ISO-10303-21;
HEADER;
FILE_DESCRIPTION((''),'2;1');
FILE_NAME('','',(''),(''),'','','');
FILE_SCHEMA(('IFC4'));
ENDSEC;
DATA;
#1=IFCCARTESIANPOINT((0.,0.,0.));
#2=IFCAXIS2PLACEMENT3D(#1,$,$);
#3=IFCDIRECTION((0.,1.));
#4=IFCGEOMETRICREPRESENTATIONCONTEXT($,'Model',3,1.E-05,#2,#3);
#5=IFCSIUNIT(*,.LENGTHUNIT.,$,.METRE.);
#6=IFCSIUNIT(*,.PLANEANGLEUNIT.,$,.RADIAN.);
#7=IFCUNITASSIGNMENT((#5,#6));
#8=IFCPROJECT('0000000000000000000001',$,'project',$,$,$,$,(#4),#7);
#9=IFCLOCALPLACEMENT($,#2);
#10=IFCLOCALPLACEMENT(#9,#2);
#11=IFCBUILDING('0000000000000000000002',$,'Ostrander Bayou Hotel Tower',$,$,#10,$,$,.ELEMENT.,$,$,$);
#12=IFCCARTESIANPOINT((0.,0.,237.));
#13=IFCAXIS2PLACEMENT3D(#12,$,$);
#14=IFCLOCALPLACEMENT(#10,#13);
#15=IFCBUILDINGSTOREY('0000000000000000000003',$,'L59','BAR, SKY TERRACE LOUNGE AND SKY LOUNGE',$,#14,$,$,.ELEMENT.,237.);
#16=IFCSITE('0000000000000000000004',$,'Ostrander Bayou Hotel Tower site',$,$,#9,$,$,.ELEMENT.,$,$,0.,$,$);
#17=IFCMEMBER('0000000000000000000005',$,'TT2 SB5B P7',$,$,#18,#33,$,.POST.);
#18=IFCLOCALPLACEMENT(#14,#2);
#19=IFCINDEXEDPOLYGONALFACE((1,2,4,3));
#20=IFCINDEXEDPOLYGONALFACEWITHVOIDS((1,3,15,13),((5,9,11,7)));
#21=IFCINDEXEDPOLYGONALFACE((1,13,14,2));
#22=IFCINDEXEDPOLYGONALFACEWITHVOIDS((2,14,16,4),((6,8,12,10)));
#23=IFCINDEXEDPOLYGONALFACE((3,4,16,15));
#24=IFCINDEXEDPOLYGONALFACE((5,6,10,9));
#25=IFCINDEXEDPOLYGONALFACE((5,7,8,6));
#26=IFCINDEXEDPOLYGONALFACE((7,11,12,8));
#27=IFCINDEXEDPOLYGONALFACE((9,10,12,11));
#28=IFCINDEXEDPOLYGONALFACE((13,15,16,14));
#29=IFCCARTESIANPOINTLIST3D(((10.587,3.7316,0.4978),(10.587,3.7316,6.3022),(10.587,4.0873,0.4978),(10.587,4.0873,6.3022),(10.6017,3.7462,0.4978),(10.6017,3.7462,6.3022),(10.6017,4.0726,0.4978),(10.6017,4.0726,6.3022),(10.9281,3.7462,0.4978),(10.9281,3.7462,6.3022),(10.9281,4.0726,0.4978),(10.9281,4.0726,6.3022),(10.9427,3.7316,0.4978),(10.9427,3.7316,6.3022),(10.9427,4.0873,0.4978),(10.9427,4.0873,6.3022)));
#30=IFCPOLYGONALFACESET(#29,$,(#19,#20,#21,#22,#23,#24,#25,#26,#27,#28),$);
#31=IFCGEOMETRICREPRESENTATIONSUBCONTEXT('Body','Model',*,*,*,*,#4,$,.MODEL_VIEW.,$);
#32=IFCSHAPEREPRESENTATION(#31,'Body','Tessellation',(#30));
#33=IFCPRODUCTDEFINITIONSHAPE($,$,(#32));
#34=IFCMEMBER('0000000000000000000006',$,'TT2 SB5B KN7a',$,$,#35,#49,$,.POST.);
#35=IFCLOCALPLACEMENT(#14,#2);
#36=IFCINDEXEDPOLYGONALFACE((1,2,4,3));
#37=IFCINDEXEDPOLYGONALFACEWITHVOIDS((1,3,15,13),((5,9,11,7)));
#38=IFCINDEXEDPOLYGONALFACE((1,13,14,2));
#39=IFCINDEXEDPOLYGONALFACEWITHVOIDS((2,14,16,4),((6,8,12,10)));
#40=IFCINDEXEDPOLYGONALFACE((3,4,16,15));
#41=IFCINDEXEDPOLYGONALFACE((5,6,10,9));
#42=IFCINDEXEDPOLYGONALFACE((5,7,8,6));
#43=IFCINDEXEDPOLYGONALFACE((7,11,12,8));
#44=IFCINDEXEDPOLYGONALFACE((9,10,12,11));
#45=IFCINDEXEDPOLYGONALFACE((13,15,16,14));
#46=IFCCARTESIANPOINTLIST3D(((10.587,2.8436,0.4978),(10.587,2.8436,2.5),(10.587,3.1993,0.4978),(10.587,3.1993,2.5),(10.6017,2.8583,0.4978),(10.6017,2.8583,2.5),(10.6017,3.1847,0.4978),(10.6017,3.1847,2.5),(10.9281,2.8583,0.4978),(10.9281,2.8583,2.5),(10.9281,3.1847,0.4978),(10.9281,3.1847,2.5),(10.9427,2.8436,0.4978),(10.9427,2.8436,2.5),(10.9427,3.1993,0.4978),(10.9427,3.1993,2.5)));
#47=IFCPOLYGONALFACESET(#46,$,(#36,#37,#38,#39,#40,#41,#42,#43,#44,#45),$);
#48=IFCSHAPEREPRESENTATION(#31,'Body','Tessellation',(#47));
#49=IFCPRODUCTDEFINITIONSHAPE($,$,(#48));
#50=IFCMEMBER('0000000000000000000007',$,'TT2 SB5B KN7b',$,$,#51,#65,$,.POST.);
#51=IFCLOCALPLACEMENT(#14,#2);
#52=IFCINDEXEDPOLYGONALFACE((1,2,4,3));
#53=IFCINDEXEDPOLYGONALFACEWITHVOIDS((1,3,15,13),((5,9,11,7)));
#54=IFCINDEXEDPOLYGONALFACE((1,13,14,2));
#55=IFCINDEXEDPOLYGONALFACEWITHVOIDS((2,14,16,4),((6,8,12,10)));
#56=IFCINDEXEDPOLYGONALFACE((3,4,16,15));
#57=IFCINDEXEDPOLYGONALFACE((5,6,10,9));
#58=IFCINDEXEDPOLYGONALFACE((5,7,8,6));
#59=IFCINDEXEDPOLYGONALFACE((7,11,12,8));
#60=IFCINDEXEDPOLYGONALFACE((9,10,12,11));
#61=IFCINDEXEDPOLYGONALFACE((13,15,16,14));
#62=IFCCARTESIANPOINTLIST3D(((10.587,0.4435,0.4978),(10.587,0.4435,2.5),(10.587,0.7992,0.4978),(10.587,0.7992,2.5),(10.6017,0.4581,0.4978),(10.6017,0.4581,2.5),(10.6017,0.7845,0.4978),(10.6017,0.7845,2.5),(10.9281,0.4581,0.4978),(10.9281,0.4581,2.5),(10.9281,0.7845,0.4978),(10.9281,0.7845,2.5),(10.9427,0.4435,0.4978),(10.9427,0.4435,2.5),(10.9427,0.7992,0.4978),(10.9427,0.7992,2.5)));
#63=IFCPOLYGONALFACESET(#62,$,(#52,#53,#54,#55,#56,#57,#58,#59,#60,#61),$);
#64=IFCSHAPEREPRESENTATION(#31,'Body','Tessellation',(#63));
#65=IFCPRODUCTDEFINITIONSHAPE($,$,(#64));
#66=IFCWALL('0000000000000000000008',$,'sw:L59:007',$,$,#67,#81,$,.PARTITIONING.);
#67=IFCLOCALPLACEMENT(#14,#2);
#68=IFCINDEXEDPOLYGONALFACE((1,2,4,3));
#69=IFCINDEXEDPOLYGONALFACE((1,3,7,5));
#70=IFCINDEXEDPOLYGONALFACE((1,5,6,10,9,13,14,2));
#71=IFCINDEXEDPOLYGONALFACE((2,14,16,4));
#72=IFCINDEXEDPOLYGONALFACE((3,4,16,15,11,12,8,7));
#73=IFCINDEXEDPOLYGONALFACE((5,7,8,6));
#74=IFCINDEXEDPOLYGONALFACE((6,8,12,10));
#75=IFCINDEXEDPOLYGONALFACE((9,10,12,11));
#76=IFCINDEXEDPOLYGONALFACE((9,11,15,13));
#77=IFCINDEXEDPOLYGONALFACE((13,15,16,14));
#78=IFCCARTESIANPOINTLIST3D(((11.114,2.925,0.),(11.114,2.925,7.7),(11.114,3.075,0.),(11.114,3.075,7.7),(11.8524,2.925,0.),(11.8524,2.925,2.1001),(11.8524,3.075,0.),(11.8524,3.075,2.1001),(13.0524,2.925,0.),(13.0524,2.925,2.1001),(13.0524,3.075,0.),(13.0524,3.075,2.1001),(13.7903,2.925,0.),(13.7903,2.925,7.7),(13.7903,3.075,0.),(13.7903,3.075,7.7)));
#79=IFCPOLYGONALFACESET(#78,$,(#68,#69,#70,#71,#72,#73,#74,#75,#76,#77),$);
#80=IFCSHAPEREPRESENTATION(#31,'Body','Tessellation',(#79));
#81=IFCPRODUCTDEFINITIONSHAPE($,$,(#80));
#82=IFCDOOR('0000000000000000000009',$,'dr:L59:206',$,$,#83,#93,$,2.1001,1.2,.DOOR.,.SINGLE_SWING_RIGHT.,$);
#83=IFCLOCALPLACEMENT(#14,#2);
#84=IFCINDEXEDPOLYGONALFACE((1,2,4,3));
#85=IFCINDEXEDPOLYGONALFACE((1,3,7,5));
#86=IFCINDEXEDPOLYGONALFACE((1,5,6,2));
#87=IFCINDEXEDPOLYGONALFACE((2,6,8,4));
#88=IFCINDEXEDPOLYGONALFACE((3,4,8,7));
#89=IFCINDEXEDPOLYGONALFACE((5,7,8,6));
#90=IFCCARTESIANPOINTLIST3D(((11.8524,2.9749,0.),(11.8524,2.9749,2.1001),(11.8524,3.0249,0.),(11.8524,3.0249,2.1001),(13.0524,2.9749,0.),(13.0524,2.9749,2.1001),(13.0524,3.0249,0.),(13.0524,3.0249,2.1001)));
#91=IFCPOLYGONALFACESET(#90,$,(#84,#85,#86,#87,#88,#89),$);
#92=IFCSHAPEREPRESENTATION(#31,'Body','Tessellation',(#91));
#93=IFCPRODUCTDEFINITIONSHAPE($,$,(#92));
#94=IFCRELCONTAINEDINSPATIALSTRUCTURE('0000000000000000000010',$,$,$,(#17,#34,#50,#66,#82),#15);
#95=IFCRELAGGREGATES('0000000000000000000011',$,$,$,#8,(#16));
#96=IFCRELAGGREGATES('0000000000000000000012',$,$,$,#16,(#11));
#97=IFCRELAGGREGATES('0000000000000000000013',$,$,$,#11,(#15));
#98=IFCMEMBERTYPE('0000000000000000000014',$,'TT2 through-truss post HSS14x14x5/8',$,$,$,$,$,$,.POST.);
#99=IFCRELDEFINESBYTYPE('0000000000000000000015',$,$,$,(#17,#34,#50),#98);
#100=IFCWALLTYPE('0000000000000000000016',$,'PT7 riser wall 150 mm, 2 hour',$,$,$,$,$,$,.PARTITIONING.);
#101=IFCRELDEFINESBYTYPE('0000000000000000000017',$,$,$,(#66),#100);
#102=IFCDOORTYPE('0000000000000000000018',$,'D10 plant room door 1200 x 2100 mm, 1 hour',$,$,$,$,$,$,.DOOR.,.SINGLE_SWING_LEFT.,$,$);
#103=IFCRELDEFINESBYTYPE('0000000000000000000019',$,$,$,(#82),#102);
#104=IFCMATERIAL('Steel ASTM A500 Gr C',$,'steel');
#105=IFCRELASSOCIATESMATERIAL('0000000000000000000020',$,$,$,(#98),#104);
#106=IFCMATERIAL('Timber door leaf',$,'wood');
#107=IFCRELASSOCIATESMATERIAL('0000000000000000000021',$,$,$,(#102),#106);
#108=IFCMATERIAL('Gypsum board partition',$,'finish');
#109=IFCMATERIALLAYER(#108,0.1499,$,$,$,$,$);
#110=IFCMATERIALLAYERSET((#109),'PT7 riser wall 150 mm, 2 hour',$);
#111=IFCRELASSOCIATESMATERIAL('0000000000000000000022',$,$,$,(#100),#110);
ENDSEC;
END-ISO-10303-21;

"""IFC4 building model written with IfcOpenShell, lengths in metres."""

from ifc_helpers import new_model, si_unit, direction, frame, frame_2d, origin, origin_2d, place, context, subcontext, project, spatial, rectangle, hollow_rectangle, extrude, material, layer, layer_set, material_profile, profile_set, type_object, element, fill, save


model = new_model("IFC4")

# Units and contexts
model_context = context("Model", 3, precision=1e-05, world=origin(), true_north=direction((0.0, 1.0)))
body_context = subcontext(model_context, "Body", "Model", "MODEL_VIEW")
ifc_project = project(units=[si_unit("LENGTHUNIT", "METRE"), si_unit("PLANEANGLEUNIT", "RADIAN")], contexts=[model_context])

# Site, building, storey
site_placement = place(None, origin())
site = spatial("IfcSite", under=ifc_project, at=site_placement, Name="Ostrander Bayou Hotel Tower site", CompositionType="ELEMENT", RefElevation=0.0)
building_placement = place(site_placement, origin())
building = spatial("IfcBuilding", under=site, at=building_placement, Name="Ostrander Bayou Hotel Tower", CompositionType="ELEMENT")
storey_placement = place(building_placement, frame((0.0, 0.0, 237.0)))
storey = spatial("IfcBuildingStorey", under=building, at=storey_placement, Name="L59", Description="BAR, SKY TERRACE LOUNGE AND SKY LOUNGE", CompositionType="ELEMENT", Elevation=237.0)

# Members
ifc_material_1 = material(Name="Steel ASTM A500 Gr C", Category="steel")
ifc_material_profile_1 = material_profile(ifc_material_1, hollow_rectangle(XDim=0.3557, YDim=0.3557, WallThickness=0.0146, at=origin_2d()))
ifc_profile_set_1 = profile_set([ifc_material_profile_1], Name="Steel ASTM A500 Gr C")
member_type_1 = type_object("IfcMemberType", Name="TT2 through-truss post HSS14x14x5/8", PredefinedType="POST", material=ifc_profile_set_1)
for number, where, z_axis, x_axis, name in (
    (1, (10.7649, 3.9094, 0.4978), (0.0, 0.0, 1.0), (1.0, 0.0, 0.0), "TT2 SB5B P7"),
):
    element("IfcMember", number, at=place(storey_placement, frame(where, z_axis=z_axis, x_axis=x_axis)), inside=storey, type_object=member_type_1, Name=name, PredefinedType="POST", context=body_context, shape_type="SweptSolid", body=[
        extrude(hollow_rectangle(XDim=0.3557, YDim=0.3557, WallThickness=0.0146, at=origin_2d()), origin(), (0.0, 0.0, 1.0), 5.8044),
    ])
for number, where, z_axis, x_axis, name in (
    (2, (10.7649, 3.0215, 0.4978), (0.0, 0.0, 1.0), (1.0, 0.0, 0.0), "TT2 SB5B KN7a"),
    (3, (10.7649, 0.6213, 0.4978), (0.0, 0.0, 1.0), (1.0, 0.0, 0.0), "TT2 SB5B KN7b"),
):
    element("IfcMember", number, at=place(storey_placement, frame(where, z_axis=z_axis, x_axis=x_axis)), inside=storey, type_object=member_type_1, Name=name, PredefinedType="POST", context=body_context, shape_type="SweptSolid", body=[
        extrude(hollow_rectangle(XDim=0.3557, YDim=0.3557, WallThickness=0.0146, at=origin_2d()), origin(), (0.0, 0.0, 1.0), 2.0022),
    ])

# Wall, opening, door
ifc_material_2 = material(Name="Timber door leaf", Category="wood")
door_type = type_object("IfcDoorType", Name="D10 plant room door 1200 x 2100 mm, 1 hour", OperationType="SINGLE_SWING_LEFT", PredefinedType="DOOR", material=ifc_material_2)
ifc_material_3 = material(Name="Gypsum board partition", Category="finish")
ifc_layer_1 = layer(ifc_material_3, 0.1499)
ifc_layer_set_1 = layer_set([ifc_layer_1], Name="PT7 riser wall 150 mm, 2 hour")
wall_type_1 = type_object("IfcWallType", Name="PT7 riser wall 150 mm, 2 hour", PredefinedType="PARTITIONING", material=ifc_layer_set_1)
wall_1_placement = place(storey_placement, frame((11.114, 3.0, 0.0), z_axis=(0.0, 0.0, 1.0), x_axis=(1.0, 0.0, 0.0)))
wall_1 = element("IfcWall", 4, at=wall_1_placement, inside=storey, type_object=wall_type_1, Name="sw:L59:007", PredefinedType="PARTITIONING", context=body_context, shape_type="SweptSolid", body=[
    extrude(rectangle(XDim=2.6763, YDim=0.1499, at=frame_2d((1.3381, 0.0))), origin(), (0.0, 0.0, 1.0), 7.7),
])
opening_1_placement = place(wall_1_placement, frame((0.7383, 0.0, 0.0)))
opening_1 = element("IfcOpeningElement", 5, at=opening_1_placement, cuts=wall_1, PredefinedType="OPENING", context=body_context, shape_type="SweptSolid", body=[
    extrude(rectangle(XDim=1.2, YDim=2.1001, at=frame_2d((0.6001, 1.05))), frame((0.0, 0.075, 0.0), z_axis=(0.0, -1.0, 0.0), x_axis=(1.0, 0.0, 0.0)), (0.0, 0.0, 1.0), 0.1499),
])
door_1_placement = place(opening_1_placement, origin())
door_1 = element("IfcDoor", 6, at=door_1_placement, inside=storey, type_object=door_type, Name="dr:L59:206", OperationType="SINGLE_SWING_RIGHT", OverallHeight=2.1001, OverallWidth=1.2, PredefinedType="DOOR", context=body_context, shape_type="SweptSolid", body=[
    extrude(rectangle(XDim=1.2, YDim=2.1001, at=frame_2d((0.6001, 1.05))), frame((0.0, 0.0249, 0.0), z_axis=(0.0, -1.0, 0.0), x_axis=(1.0, 0.0, 0.0)), (0.0, 0.0, 1.0), 0.05),
])
fill(opening_1, door_1)

save(model, "model.ifc")
